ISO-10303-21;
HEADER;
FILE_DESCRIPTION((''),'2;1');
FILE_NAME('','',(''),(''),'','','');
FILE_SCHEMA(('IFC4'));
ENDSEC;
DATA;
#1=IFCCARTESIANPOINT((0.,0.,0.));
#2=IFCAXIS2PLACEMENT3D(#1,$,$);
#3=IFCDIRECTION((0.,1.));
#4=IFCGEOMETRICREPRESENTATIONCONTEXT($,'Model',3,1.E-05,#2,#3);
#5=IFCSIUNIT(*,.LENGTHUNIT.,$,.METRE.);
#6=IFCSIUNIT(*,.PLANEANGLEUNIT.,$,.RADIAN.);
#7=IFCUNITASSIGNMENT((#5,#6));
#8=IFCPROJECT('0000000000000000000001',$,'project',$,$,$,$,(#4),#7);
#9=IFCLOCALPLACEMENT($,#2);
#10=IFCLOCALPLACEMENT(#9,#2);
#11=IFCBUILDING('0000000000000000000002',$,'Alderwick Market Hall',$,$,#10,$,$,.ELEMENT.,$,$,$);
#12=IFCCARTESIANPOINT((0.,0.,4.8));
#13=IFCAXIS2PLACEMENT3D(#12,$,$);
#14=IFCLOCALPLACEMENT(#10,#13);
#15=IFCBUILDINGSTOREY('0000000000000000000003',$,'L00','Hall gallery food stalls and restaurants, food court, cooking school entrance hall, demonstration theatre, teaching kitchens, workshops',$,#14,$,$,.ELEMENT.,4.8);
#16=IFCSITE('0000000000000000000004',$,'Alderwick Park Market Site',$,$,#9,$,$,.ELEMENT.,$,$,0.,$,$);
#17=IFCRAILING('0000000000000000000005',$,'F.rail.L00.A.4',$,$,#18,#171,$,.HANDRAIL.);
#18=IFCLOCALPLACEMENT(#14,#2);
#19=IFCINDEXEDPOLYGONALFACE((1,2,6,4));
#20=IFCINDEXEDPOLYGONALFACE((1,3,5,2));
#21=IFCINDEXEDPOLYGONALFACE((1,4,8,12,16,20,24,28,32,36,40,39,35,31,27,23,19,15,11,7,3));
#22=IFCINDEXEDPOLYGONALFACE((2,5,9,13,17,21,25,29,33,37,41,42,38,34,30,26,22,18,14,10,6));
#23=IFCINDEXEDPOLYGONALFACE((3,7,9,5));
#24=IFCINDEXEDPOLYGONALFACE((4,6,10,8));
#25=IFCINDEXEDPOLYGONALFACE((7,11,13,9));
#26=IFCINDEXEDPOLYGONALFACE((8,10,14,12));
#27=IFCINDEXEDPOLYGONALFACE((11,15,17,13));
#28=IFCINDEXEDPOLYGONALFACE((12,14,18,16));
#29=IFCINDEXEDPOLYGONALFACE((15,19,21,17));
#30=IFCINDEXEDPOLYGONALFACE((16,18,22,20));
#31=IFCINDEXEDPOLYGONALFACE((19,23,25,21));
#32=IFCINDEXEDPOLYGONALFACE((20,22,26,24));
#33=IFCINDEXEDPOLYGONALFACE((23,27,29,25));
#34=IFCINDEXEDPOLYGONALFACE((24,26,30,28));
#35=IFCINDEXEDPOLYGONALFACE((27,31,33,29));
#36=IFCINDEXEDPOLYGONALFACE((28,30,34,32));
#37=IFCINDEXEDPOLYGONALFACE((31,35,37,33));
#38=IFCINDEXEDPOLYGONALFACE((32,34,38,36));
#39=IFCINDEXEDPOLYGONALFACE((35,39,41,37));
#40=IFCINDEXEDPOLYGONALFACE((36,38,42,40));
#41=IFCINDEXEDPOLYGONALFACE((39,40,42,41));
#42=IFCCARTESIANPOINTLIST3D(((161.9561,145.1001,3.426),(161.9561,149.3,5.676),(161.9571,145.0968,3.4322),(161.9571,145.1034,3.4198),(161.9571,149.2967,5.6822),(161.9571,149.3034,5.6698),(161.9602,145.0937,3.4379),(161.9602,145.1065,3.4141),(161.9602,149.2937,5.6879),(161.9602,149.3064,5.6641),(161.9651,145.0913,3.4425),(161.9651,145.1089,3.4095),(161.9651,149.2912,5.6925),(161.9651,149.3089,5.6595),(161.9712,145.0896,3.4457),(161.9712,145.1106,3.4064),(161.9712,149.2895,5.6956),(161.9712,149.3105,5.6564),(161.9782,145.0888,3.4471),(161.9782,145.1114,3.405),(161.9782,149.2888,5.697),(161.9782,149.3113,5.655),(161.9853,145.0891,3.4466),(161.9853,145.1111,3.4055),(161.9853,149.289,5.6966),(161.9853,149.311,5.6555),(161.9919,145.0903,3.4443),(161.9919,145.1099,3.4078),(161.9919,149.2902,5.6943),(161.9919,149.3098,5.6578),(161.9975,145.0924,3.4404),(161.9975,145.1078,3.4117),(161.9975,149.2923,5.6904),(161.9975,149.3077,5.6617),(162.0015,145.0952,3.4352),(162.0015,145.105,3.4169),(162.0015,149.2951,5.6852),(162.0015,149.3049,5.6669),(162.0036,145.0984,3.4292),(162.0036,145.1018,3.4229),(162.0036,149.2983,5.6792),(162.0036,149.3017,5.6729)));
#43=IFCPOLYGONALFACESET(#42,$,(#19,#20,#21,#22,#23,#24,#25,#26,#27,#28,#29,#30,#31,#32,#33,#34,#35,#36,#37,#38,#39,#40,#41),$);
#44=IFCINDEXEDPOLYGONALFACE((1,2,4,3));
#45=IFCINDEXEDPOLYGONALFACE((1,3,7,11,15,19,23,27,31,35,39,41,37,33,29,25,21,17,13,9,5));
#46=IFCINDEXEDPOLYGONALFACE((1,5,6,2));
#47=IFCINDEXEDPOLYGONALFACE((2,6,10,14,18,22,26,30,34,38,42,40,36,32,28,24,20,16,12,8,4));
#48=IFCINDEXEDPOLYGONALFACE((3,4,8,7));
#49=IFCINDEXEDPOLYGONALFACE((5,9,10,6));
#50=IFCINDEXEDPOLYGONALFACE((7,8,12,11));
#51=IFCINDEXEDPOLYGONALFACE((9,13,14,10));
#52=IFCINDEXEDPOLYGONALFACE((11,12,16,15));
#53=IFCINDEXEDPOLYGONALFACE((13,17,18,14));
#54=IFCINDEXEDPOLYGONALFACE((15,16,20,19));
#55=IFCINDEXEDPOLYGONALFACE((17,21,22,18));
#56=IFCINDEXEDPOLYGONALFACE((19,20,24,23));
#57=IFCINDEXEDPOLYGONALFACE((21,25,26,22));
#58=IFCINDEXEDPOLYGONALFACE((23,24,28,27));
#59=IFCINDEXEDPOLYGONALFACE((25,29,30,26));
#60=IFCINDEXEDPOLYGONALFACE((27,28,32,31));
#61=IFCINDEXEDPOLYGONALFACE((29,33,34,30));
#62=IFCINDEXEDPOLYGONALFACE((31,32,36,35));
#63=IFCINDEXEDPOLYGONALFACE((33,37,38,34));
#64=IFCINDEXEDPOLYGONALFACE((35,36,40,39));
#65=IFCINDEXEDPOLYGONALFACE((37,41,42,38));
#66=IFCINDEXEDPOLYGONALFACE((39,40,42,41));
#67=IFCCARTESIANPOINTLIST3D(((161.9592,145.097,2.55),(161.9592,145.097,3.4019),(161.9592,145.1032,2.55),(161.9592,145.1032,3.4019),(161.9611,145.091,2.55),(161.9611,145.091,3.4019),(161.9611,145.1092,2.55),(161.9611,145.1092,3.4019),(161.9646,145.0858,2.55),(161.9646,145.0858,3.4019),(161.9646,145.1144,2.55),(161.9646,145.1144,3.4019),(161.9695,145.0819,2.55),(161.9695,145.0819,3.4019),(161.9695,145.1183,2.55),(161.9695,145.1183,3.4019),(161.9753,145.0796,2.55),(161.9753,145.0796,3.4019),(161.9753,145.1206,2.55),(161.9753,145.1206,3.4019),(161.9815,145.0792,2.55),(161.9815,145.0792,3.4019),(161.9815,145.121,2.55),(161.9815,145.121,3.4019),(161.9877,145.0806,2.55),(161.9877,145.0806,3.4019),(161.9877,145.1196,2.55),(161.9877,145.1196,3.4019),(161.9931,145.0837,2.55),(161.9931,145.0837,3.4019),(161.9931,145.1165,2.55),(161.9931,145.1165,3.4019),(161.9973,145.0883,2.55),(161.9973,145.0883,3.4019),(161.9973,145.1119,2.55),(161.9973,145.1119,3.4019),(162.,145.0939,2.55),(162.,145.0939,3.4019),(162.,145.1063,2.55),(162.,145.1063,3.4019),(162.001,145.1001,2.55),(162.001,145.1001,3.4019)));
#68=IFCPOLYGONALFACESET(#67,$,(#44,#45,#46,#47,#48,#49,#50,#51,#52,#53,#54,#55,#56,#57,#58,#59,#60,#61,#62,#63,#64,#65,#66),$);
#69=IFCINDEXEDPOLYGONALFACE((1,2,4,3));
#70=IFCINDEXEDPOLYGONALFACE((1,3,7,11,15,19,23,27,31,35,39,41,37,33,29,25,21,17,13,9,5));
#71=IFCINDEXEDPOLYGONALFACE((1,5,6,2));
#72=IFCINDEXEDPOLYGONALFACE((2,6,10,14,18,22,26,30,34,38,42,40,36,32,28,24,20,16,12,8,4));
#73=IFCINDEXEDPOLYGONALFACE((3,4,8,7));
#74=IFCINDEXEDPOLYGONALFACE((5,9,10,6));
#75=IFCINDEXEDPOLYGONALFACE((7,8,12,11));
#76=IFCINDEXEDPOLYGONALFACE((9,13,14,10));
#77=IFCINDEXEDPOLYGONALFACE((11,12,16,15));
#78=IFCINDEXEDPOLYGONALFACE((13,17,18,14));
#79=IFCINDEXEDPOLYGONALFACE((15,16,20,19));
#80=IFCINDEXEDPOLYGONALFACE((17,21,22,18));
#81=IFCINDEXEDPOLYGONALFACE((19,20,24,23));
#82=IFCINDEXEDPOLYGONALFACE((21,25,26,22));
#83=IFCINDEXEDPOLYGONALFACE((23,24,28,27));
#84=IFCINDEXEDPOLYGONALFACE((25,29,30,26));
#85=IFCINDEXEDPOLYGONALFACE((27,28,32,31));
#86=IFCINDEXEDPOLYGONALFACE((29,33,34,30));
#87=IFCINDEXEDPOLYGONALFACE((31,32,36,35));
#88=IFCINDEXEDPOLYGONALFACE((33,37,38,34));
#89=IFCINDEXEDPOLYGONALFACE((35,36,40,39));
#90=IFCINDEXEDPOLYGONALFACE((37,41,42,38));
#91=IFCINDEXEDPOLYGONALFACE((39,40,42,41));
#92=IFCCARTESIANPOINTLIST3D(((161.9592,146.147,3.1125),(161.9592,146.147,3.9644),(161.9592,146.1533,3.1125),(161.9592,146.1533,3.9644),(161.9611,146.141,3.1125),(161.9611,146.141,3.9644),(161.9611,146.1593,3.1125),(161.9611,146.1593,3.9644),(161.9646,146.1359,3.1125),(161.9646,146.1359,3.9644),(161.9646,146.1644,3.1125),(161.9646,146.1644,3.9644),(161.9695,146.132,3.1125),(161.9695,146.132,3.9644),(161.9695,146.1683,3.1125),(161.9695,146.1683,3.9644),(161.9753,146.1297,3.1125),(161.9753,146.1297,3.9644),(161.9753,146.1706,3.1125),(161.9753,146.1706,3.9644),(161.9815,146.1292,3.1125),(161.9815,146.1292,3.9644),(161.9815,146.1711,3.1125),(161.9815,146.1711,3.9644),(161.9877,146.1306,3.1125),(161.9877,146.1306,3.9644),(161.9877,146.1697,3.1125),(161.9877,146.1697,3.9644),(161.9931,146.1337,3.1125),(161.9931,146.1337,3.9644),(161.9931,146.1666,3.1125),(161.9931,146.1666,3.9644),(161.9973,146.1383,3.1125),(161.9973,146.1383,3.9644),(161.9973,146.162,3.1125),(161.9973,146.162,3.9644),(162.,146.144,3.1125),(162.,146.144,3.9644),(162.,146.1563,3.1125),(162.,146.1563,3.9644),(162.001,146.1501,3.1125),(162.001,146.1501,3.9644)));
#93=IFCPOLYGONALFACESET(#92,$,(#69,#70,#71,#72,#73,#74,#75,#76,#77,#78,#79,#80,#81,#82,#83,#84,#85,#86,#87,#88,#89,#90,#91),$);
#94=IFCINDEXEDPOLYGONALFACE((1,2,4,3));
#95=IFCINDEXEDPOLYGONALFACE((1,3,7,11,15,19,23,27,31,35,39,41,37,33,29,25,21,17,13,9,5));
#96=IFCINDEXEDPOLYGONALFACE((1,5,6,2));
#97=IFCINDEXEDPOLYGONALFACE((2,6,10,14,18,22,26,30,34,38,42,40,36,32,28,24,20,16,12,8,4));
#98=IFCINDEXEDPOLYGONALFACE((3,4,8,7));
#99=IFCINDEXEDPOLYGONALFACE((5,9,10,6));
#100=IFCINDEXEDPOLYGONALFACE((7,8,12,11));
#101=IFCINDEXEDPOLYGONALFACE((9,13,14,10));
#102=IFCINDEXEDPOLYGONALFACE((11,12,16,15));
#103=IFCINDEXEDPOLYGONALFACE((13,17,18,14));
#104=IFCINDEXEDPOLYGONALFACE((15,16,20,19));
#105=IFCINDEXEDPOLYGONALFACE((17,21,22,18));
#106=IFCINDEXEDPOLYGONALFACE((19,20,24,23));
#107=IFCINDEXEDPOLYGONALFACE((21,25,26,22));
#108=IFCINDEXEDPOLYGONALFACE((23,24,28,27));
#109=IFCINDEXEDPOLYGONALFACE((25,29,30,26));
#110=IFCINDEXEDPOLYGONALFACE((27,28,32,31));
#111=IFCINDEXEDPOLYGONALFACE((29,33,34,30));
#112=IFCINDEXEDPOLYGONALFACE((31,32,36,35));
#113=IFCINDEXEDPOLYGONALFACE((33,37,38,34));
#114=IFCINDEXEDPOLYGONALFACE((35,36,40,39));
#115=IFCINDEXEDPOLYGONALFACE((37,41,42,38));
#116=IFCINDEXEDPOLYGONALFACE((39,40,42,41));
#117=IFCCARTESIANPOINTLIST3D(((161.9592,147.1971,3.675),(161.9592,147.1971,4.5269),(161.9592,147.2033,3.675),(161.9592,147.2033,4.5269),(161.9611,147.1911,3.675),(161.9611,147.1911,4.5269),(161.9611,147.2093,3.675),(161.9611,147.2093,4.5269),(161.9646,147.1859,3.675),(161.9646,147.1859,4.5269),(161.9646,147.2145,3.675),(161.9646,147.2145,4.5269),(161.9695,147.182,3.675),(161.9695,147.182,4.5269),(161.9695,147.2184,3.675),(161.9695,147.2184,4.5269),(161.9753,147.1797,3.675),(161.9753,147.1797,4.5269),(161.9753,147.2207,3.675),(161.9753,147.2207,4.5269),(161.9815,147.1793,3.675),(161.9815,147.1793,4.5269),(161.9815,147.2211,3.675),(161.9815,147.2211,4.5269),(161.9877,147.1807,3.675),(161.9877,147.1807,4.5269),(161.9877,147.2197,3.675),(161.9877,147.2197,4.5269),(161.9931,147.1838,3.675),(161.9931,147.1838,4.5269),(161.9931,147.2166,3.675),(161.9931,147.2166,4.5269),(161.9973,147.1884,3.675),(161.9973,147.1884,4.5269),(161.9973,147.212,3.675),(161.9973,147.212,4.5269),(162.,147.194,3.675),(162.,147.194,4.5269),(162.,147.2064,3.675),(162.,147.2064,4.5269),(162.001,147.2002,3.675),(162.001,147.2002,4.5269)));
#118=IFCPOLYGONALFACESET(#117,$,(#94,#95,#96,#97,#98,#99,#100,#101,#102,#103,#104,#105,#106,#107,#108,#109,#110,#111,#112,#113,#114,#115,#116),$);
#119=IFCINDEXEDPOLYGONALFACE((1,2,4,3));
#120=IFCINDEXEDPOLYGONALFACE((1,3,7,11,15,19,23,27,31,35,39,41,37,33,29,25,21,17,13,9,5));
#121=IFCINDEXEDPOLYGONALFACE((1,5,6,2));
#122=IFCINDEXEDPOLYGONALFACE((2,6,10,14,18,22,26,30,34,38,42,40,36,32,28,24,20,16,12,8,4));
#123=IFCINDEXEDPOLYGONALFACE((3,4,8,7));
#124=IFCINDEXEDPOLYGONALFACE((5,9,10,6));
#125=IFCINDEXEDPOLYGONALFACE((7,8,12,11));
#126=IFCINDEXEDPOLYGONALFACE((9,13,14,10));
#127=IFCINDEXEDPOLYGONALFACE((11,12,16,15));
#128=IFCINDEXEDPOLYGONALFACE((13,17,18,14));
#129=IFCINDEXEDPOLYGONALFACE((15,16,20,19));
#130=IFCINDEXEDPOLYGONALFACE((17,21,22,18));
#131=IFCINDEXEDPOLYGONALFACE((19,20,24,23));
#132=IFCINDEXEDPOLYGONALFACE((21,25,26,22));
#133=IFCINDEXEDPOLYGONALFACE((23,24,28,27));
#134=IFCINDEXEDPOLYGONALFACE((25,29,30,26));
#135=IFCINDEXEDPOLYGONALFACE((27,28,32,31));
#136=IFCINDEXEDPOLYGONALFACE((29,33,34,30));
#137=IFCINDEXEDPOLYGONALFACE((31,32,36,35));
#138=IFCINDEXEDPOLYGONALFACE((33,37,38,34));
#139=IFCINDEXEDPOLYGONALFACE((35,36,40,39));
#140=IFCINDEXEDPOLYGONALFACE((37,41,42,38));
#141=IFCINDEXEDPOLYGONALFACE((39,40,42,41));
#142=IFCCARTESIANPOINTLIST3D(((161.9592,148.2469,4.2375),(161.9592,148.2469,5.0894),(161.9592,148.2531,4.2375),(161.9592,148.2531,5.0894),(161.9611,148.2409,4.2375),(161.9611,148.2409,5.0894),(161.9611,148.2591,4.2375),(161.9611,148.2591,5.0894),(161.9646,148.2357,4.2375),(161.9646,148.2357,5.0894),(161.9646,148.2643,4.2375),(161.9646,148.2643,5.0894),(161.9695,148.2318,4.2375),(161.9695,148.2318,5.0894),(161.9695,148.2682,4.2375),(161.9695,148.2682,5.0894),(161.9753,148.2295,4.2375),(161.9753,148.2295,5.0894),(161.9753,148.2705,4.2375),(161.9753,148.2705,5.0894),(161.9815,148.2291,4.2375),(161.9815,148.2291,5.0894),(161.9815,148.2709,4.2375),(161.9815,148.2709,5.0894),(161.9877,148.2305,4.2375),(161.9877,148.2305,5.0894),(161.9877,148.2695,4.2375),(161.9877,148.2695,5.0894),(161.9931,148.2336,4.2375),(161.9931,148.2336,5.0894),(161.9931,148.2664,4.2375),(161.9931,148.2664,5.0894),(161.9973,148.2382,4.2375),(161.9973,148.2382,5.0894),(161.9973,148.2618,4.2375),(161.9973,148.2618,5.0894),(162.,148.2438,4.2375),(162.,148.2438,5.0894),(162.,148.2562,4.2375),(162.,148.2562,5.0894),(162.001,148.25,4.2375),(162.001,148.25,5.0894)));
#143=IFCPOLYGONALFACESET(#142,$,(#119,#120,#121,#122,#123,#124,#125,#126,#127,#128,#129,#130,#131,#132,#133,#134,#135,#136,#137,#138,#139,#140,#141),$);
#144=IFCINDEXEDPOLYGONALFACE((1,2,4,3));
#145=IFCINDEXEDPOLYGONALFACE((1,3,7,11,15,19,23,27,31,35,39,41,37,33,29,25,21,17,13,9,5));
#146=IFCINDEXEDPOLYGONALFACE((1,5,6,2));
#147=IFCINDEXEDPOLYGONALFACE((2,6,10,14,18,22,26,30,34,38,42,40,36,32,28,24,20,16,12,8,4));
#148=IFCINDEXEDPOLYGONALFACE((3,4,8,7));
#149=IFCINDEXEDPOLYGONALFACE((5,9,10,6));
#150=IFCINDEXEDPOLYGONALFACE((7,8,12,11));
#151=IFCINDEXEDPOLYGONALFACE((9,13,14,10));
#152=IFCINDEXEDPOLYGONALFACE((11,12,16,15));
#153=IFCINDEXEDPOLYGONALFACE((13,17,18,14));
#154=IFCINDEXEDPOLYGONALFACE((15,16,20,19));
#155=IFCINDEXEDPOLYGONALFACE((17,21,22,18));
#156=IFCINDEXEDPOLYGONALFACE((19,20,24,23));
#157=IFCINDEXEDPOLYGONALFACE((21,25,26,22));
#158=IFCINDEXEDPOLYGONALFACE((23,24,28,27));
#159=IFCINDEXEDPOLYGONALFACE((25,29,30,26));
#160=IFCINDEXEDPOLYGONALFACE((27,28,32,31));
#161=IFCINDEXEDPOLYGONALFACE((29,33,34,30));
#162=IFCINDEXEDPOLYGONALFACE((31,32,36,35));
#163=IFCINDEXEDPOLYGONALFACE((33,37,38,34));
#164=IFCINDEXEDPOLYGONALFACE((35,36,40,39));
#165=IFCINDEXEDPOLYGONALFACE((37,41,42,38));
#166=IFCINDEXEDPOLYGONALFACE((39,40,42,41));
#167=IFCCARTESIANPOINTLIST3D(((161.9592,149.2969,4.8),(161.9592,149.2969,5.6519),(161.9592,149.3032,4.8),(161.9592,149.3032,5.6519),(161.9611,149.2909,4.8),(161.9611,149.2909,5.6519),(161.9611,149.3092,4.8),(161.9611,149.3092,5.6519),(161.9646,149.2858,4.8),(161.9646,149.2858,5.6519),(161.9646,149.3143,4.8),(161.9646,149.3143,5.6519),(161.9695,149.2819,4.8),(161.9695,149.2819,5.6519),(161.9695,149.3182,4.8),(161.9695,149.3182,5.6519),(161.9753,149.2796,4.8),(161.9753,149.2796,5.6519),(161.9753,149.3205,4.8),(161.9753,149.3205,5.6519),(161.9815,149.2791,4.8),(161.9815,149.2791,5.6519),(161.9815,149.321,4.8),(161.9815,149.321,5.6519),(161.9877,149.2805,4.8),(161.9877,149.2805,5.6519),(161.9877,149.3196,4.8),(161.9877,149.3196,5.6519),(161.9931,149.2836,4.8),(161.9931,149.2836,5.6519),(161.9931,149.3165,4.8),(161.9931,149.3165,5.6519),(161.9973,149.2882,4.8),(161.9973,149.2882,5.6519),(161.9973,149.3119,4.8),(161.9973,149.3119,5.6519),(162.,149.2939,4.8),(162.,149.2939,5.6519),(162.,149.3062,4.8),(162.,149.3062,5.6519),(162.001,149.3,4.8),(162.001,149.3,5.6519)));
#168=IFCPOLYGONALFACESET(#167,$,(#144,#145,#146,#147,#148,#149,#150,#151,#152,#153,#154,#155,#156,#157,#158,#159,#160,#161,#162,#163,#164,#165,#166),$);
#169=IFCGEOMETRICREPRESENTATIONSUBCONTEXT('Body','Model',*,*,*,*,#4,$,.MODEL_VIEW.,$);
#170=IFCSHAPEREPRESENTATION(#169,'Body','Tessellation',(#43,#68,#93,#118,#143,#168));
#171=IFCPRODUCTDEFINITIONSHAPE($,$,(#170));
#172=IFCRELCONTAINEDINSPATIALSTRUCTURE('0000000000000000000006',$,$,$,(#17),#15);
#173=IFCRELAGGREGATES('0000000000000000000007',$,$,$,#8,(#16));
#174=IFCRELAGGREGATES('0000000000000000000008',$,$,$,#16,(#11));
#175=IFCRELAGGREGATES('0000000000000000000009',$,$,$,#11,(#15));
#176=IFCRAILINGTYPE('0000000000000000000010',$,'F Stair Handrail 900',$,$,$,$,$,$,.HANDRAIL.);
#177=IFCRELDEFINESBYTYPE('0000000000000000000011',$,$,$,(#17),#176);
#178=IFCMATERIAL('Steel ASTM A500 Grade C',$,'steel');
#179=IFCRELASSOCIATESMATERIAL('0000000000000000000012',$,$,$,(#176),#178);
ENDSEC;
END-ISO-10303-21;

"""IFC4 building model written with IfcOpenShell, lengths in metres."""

from ifc_helpers import new_model, si_unit, direction, frame, origin, origin_2d, place, context, subcontext, project, spatial, circle, extrude, material, type_object, element, save


model = new_model("IFC4")

# Units and contexts
model_context = context("Model", 3, precision=1e-05, world=origin(), true_north=direction((0.0, 1.0)))
body_context = subcontext(model_context, "Body", "Model", "MODEL_VIEW")
ifc_project = project(units=[si_unit("LENGTHUNIT", "METRE"), si_unit("PLANEANGLEUNIT", "RADIAN")], contexts=[model_context])

# Site, building, storey
site_placement = place(None, origin())
site = spatial("IfcSite", under=ifc_project, at=site_placement, Name="Alderwick Park Market Site", CompositionType="ELEMENT", RefElevation=0.0)
building_placement = place(site_placement, origin())
building = spatial("IfcBuilding", under=site, at=building_placement, Name="Alderwick Market Hall", CompositionType="ELEMENT")
storey_placement = place(building_placement, frame((0.0, 0.0, 4.8)))
storey = spatial("IfcBuildingStorey", under=building, at=storey_placement, Name="L00", Description="Hall gallery food stalls and restaurants, food court, cooking school entrance hall, demonstration theatre, teaching kitchens, workshops", CompositionType="ELEMENT", Elevation=4.8)

# Railing
ifc_material_1 = material(Name="Steel ASTM A500 Grade C", Category="steel")
railing_type_1 = type_object("IfcRailingType", Name="F Stair Handrail 900", PredefinedType="HANDRAIL", material=ifc_material_1)
for number, where, name in (
    (1, (161.98, 145.1001, 2.55), "F.rail.L00.A.4"),
):
    element("IfcRailing", number, at=place(storey_placement, frame(where)), inside=storey, type_object=railing_type_1, Name=name, PredefinedType="HANDRAIL", context=body_context, shape_type="SweptSolid", body=[
        extrude(circle(Radius=0.0239, at=origin_2d()), frame((0.0, 0.0, 0.876), z_axis=(0.0, 0.881478, 0.472226), x_axis=(-1.0, 0.0, 0.0)), (0.0, 0.0, 1.0), 4.7646),
        extrude(circle(Radius=0.021, at=origin_2d()), origin(), (0.0, 0.0, 1.0), 0.8518),
        extrude(circle(Radius=0.021, at=origin_2d()), frame((0.0, 1.05, 0.5625)), (0.0, 0.0, 1.0), 0.8518),
        extrude(circle(Radius=0.021, at=origin_2d()), frame((0.0, 2.1001, 1.125)), (0.0, 0.0, 1.0), 0.8518),
        extrude(circle(Radius=0.021, at=origin_2d()), frame((0.0, 3.1499, 1.6875)), (0.0, 0.0, 1.0), 0.8518),
        extrude(circle(Radius=0.021, at=origin_2d()), frame((0.0, 4.2, 2.25)), (0.0, 0.0, 1.0), 0.8518),
    ])

save(model, "model.ifc")
